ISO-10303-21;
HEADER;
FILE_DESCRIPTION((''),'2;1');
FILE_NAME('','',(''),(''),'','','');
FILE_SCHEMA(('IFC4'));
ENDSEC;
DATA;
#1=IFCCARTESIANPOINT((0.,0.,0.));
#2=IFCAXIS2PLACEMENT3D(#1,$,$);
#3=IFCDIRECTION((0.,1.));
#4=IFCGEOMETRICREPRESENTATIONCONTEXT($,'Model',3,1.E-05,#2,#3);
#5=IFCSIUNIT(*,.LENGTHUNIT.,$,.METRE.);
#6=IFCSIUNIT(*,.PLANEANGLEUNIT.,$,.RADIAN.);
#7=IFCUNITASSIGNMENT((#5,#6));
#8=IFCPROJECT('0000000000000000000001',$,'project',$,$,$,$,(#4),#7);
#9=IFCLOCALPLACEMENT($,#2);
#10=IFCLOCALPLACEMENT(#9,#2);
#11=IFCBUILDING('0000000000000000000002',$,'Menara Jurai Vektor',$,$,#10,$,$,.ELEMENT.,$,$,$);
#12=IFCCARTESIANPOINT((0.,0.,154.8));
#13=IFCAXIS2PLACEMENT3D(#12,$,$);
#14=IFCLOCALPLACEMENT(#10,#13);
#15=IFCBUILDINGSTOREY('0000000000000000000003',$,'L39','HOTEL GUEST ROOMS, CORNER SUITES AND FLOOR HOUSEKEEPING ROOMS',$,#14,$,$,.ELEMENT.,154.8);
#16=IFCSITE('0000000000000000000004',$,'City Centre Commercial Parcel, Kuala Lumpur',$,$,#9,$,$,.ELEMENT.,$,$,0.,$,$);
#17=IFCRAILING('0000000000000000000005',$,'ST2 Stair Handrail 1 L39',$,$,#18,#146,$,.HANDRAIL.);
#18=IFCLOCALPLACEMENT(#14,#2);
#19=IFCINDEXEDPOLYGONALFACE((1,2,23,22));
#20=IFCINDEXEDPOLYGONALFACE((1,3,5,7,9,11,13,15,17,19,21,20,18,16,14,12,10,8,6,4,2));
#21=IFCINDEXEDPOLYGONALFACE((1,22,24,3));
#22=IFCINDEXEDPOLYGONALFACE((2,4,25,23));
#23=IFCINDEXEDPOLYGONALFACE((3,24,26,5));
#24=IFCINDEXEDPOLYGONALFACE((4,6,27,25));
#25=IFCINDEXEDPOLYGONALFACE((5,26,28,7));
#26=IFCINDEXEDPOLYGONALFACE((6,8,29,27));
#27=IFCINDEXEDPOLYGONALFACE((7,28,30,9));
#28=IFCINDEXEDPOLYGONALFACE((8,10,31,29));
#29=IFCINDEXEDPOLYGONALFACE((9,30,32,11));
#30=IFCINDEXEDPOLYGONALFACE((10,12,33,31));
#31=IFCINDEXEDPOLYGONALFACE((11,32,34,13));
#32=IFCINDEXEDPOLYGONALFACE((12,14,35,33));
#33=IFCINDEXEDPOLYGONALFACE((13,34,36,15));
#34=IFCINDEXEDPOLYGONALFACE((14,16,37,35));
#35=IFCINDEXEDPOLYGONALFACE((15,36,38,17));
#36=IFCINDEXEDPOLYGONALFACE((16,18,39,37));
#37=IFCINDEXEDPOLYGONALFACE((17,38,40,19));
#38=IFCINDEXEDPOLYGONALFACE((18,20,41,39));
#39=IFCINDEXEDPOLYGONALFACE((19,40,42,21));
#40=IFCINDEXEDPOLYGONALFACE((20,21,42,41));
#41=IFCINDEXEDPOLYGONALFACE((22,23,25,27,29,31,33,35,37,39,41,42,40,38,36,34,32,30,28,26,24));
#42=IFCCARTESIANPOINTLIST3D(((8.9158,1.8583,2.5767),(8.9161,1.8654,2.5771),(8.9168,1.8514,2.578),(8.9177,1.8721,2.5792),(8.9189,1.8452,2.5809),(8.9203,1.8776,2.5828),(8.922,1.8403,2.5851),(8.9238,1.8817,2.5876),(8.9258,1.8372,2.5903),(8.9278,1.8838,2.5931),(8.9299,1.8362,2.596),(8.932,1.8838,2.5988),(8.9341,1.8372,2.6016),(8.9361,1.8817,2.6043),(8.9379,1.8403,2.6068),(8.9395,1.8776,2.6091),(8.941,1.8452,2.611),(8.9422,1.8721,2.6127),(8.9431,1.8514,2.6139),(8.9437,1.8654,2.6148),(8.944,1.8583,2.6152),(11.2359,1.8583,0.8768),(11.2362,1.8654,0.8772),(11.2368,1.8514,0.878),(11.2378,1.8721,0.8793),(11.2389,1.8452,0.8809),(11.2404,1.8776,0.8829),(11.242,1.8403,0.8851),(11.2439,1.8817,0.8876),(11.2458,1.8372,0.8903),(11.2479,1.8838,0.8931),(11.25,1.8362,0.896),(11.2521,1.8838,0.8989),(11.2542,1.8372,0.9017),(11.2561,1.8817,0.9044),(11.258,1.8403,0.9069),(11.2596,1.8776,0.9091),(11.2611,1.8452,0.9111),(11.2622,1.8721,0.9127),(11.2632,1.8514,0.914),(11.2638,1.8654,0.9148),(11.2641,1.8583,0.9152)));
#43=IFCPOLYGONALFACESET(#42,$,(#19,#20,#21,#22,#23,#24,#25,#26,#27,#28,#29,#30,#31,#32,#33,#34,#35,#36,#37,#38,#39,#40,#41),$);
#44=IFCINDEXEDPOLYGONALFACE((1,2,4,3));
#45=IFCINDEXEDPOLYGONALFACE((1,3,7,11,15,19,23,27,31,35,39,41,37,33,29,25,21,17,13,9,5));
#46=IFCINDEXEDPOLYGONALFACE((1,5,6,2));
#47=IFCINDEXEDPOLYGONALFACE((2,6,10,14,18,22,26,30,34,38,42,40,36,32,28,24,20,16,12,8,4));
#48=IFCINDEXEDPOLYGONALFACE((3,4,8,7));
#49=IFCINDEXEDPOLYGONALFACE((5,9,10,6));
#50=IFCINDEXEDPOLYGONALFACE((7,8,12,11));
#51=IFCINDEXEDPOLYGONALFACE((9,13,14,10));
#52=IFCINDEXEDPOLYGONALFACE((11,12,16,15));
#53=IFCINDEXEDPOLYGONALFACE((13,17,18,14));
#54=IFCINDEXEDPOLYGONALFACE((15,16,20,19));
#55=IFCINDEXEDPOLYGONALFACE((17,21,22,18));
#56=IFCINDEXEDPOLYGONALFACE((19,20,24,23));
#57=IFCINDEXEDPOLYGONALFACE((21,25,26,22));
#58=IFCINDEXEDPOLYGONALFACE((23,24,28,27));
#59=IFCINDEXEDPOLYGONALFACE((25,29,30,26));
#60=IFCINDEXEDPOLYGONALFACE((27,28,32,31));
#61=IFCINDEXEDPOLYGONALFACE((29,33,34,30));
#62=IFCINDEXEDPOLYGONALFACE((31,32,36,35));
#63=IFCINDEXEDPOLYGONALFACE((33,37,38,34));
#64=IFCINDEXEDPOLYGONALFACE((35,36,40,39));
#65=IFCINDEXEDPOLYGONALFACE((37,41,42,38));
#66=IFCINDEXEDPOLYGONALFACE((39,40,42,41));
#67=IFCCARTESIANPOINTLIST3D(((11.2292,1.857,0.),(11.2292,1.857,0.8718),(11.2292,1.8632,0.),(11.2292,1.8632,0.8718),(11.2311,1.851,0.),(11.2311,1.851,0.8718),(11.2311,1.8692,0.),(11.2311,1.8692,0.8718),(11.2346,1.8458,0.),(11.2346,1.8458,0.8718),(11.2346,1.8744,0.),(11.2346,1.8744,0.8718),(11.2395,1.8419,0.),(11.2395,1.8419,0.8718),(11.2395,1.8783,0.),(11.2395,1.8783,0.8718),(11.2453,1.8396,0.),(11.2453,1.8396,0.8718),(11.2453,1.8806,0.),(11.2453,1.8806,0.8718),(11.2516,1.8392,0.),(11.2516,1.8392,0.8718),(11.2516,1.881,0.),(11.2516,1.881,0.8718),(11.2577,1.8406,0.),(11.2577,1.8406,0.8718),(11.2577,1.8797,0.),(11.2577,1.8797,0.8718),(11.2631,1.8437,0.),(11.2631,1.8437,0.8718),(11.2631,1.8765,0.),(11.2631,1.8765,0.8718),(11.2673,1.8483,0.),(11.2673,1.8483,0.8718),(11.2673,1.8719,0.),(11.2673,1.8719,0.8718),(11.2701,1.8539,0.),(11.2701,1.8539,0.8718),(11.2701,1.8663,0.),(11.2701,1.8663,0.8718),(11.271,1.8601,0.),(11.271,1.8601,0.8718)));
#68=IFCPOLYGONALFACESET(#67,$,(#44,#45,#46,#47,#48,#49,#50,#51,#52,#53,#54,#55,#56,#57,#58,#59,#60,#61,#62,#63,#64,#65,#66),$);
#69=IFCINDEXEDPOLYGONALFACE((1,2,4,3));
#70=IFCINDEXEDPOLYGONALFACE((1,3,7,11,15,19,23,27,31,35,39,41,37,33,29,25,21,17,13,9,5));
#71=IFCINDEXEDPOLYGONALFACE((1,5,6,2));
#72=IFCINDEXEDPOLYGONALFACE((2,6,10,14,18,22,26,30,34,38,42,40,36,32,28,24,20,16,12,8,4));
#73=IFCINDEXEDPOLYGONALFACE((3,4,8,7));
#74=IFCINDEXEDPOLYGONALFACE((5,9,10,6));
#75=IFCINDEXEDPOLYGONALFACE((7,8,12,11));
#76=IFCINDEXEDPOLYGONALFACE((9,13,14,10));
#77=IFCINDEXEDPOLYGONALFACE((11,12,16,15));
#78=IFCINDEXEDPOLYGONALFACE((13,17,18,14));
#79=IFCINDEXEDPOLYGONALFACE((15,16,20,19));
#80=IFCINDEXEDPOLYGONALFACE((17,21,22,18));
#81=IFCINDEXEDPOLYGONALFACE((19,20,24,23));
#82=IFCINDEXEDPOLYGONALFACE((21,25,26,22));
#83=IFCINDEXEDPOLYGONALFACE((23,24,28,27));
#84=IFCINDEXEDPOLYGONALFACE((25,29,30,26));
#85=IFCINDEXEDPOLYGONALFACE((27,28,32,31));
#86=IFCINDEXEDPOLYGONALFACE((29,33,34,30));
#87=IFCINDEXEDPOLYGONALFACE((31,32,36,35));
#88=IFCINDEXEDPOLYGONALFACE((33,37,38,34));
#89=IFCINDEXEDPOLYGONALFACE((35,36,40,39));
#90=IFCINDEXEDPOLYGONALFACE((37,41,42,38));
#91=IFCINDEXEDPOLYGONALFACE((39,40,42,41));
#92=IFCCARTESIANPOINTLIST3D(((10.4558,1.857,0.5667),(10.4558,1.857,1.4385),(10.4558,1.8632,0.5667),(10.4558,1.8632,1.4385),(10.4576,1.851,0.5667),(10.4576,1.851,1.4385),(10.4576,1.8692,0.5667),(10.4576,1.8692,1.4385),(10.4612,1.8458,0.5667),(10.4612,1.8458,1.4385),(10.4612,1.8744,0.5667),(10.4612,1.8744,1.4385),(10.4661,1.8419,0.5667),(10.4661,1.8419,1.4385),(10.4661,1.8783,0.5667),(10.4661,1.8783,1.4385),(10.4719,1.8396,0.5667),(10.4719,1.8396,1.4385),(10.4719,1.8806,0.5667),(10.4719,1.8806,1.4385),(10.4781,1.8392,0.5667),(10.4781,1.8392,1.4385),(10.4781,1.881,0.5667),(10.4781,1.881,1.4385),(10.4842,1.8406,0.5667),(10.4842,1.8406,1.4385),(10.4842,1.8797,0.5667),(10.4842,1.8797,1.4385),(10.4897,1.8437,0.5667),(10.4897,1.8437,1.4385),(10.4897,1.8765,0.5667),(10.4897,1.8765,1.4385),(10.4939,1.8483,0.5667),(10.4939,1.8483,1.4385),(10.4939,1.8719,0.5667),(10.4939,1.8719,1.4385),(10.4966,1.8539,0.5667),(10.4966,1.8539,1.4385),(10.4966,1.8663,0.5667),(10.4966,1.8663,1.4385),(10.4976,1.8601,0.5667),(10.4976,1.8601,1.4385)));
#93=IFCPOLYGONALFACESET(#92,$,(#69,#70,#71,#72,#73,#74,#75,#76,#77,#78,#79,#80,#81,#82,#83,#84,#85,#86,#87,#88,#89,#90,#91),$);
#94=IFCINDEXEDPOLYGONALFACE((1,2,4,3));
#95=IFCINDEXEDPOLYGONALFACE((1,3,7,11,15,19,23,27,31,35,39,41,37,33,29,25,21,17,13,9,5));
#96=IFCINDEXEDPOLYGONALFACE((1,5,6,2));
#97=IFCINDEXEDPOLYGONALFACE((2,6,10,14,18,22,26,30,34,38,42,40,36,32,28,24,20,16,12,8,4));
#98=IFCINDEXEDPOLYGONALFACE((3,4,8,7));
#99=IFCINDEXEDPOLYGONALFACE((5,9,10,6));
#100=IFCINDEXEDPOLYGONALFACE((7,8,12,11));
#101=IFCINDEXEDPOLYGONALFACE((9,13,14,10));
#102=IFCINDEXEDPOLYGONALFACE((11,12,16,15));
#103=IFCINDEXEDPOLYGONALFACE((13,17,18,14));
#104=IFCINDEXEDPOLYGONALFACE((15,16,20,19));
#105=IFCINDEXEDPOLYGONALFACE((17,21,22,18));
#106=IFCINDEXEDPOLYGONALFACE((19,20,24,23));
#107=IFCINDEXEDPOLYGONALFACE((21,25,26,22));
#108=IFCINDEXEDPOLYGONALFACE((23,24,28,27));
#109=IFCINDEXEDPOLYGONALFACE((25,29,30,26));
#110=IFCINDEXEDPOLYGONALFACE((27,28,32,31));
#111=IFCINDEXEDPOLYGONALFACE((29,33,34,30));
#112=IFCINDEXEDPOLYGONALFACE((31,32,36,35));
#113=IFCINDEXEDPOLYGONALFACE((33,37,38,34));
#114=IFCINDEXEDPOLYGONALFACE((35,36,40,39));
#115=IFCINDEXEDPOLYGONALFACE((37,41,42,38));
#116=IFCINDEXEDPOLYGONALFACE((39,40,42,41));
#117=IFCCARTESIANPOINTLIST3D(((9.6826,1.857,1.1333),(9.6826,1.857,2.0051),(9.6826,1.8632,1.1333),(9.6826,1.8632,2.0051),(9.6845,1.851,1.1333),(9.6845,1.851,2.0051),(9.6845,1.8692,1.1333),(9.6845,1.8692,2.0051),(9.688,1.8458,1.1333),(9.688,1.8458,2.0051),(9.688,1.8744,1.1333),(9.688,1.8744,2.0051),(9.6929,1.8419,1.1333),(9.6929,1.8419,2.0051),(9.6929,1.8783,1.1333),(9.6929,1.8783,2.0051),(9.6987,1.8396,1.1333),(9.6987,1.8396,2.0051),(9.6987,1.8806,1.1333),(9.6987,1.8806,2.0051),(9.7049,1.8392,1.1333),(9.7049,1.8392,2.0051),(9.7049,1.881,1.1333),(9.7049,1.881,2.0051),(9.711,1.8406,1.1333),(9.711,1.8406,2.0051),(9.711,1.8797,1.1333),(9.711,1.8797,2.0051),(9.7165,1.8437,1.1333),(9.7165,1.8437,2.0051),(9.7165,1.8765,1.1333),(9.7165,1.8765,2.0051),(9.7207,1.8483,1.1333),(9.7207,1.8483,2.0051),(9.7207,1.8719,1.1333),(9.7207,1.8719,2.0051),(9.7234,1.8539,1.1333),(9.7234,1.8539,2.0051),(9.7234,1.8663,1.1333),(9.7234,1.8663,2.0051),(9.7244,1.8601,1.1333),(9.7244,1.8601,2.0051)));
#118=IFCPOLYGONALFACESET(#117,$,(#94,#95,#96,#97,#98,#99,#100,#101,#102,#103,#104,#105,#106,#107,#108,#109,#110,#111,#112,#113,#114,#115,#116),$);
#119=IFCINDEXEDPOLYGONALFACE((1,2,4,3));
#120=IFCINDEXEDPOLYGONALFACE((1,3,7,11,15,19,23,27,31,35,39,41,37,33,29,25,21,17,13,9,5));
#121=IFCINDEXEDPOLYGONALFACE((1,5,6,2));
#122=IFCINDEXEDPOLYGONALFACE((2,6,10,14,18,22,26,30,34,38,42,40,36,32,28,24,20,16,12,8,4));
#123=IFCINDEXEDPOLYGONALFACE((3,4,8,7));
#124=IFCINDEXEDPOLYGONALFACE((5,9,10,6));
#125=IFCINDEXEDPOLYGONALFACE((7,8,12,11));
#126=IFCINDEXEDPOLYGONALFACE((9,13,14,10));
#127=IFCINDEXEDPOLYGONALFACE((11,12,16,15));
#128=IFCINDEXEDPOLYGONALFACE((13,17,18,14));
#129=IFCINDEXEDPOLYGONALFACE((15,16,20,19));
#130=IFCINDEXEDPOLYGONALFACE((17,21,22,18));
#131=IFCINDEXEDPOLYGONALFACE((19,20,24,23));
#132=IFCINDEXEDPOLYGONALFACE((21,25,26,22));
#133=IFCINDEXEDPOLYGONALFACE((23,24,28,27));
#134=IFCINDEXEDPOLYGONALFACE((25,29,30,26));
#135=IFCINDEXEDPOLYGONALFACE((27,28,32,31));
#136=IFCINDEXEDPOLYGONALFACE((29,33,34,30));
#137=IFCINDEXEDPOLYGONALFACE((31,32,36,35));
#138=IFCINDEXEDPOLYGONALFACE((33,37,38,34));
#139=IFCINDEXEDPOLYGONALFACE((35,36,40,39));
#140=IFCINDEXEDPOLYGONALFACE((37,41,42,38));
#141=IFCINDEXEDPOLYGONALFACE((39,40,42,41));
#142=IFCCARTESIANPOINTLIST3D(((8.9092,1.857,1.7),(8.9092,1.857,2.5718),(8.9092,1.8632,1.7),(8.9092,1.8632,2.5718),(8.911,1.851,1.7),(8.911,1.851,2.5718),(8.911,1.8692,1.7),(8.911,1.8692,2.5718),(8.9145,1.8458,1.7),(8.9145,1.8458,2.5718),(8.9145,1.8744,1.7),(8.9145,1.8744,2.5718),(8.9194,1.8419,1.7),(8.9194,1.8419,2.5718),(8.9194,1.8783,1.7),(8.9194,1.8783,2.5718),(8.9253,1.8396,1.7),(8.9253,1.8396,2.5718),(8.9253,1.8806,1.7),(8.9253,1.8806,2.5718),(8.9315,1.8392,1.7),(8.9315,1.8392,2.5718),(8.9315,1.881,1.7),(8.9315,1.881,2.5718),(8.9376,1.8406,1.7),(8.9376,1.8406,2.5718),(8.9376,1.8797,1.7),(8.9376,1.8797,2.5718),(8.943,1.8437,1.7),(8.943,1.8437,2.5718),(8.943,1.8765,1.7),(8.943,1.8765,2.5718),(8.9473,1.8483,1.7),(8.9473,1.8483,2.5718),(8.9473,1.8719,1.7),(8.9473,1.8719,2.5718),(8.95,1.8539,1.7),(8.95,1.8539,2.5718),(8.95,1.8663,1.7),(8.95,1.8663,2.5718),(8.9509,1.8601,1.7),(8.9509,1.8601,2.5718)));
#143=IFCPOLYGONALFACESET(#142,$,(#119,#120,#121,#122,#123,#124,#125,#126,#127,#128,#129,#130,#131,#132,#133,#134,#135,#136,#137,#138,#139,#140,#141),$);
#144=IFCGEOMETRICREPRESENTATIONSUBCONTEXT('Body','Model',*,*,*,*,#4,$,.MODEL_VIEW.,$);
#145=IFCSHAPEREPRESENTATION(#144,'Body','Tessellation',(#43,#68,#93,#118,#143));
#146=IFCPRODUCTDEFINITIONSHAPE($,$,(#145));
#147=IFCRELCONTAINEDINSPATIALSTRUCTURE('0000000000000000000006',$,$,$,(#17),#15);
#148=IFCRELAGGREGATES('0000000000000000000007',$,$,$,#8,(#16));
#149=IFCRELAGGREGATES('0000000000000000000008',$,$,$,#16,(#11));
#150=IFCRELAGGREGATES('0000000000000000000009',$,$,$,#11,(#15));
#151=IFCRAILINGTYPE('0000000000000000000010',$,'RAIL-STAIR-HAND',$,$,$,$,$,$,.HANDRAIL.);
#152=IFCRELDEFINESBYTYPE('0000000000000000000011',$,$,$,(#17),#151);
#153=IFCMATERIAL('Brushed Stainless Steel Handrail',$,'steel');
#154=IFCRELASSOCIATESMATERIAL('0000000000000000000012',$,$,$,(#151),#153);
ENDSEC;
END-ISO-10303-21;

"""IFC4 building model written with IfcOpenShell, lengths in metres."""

from ifc_helpers import new_model, si_unit, direction, frame, origin, origin_2d, place, context, subcontext, project, spatial, circle, extrude, material, type_object, element, save


model = new_model("IFC4")

# Units and contexts
model_context = context("Model", 3, precision=1e-05, world=origin(), true_north=direction((0.0, 1.0)))
body_context = subcontext(model_context, "Body", "Model", "MODEL_VIEW")
ifc_project = project(units=[si_unit("LENGTHUNIT", "METRE"), si_unit("PLANEANGLEUNIT", "RADIAN")], contexts=[model_context])

# Site, building, storey
site_placement = place(None, origin())
site = spatial("IfcSite", under=ifc_project, at=site_placement, Name="City Centre Commercial Parcel, Kuala Lumpur", CompositionType="ELEMENT", RefElevation=0.0)
building_placement = place(site_placement, origin())
building = spatial("IfcBuilding", under=site, at=building_placement, Name="Menara Jurai Vektor", CompositionType="ELEMENT")
storey_placement = place(building_placement, frame((0.0, 0.0, 154.8)))
storey = spatial("IfcBuildingStorey", under=building, at=storey_placement, Name="L39", Description="HOTEL GUEST ROOMS, CORNER SUITES AND FLOOR HOUSEKEEPING ROOMS", CompositionType="ELEMENT", Elevation=154.8)

# Railing
ifc_material_1 = material(Name="Brushed Stainless Steel Handrail", Category="steel")
railing_type_1 = type_object("IfcRailingType", Name="RAIL-STAIR-HAND", PredefinedType="HANDRAIL", material=ifc_material_1)
railing_1_placement = place(storey_placement, frame((11.25, 1.8601, 0.0)))
element("IfcRailing", 1, at=railing_1_placement, inside=storey, type_object=railing_type_1, Name="ST2 Stair Handrail 1 L39", PredefinedType="HANDRAIL", context=body_context, shape_type="SweptSolid", body=[
    extrude(circle(Radius=0.0239, at=origin_2d()), frame((0.0, 0.0, 0.896), z_axis=(-0.806642, 0.0, 0.59104), x_axis=(0.0, -1.0, 0.0)), (0.0, 0.0, 1.0), 2.8762),
    extrude(circle(Radius=0.021, at=origin_2d()), origin(), (0.0, 0.0, 1.0), 0.8718),
    extrude(circle(Radius=0.021, at=origin_2d()), frame((-0.7734, 0.0, 0.5667)), (0.0, 0.0, 1.0), 0.8718),
    extrude(circle(Radius=0.021, at=origin_2d()), frame((-1.5466, 0.0, 1.1333)), (0.0, 0.0, 1.0), 0.8718),
    extrude(circle(Radius=0.021, at=origin_2d()), frame((-2.3201, 0.0, 1.7)), (0.0, 0.0, 1.0), 0.8718),
])

save(model, "model.ifc")
